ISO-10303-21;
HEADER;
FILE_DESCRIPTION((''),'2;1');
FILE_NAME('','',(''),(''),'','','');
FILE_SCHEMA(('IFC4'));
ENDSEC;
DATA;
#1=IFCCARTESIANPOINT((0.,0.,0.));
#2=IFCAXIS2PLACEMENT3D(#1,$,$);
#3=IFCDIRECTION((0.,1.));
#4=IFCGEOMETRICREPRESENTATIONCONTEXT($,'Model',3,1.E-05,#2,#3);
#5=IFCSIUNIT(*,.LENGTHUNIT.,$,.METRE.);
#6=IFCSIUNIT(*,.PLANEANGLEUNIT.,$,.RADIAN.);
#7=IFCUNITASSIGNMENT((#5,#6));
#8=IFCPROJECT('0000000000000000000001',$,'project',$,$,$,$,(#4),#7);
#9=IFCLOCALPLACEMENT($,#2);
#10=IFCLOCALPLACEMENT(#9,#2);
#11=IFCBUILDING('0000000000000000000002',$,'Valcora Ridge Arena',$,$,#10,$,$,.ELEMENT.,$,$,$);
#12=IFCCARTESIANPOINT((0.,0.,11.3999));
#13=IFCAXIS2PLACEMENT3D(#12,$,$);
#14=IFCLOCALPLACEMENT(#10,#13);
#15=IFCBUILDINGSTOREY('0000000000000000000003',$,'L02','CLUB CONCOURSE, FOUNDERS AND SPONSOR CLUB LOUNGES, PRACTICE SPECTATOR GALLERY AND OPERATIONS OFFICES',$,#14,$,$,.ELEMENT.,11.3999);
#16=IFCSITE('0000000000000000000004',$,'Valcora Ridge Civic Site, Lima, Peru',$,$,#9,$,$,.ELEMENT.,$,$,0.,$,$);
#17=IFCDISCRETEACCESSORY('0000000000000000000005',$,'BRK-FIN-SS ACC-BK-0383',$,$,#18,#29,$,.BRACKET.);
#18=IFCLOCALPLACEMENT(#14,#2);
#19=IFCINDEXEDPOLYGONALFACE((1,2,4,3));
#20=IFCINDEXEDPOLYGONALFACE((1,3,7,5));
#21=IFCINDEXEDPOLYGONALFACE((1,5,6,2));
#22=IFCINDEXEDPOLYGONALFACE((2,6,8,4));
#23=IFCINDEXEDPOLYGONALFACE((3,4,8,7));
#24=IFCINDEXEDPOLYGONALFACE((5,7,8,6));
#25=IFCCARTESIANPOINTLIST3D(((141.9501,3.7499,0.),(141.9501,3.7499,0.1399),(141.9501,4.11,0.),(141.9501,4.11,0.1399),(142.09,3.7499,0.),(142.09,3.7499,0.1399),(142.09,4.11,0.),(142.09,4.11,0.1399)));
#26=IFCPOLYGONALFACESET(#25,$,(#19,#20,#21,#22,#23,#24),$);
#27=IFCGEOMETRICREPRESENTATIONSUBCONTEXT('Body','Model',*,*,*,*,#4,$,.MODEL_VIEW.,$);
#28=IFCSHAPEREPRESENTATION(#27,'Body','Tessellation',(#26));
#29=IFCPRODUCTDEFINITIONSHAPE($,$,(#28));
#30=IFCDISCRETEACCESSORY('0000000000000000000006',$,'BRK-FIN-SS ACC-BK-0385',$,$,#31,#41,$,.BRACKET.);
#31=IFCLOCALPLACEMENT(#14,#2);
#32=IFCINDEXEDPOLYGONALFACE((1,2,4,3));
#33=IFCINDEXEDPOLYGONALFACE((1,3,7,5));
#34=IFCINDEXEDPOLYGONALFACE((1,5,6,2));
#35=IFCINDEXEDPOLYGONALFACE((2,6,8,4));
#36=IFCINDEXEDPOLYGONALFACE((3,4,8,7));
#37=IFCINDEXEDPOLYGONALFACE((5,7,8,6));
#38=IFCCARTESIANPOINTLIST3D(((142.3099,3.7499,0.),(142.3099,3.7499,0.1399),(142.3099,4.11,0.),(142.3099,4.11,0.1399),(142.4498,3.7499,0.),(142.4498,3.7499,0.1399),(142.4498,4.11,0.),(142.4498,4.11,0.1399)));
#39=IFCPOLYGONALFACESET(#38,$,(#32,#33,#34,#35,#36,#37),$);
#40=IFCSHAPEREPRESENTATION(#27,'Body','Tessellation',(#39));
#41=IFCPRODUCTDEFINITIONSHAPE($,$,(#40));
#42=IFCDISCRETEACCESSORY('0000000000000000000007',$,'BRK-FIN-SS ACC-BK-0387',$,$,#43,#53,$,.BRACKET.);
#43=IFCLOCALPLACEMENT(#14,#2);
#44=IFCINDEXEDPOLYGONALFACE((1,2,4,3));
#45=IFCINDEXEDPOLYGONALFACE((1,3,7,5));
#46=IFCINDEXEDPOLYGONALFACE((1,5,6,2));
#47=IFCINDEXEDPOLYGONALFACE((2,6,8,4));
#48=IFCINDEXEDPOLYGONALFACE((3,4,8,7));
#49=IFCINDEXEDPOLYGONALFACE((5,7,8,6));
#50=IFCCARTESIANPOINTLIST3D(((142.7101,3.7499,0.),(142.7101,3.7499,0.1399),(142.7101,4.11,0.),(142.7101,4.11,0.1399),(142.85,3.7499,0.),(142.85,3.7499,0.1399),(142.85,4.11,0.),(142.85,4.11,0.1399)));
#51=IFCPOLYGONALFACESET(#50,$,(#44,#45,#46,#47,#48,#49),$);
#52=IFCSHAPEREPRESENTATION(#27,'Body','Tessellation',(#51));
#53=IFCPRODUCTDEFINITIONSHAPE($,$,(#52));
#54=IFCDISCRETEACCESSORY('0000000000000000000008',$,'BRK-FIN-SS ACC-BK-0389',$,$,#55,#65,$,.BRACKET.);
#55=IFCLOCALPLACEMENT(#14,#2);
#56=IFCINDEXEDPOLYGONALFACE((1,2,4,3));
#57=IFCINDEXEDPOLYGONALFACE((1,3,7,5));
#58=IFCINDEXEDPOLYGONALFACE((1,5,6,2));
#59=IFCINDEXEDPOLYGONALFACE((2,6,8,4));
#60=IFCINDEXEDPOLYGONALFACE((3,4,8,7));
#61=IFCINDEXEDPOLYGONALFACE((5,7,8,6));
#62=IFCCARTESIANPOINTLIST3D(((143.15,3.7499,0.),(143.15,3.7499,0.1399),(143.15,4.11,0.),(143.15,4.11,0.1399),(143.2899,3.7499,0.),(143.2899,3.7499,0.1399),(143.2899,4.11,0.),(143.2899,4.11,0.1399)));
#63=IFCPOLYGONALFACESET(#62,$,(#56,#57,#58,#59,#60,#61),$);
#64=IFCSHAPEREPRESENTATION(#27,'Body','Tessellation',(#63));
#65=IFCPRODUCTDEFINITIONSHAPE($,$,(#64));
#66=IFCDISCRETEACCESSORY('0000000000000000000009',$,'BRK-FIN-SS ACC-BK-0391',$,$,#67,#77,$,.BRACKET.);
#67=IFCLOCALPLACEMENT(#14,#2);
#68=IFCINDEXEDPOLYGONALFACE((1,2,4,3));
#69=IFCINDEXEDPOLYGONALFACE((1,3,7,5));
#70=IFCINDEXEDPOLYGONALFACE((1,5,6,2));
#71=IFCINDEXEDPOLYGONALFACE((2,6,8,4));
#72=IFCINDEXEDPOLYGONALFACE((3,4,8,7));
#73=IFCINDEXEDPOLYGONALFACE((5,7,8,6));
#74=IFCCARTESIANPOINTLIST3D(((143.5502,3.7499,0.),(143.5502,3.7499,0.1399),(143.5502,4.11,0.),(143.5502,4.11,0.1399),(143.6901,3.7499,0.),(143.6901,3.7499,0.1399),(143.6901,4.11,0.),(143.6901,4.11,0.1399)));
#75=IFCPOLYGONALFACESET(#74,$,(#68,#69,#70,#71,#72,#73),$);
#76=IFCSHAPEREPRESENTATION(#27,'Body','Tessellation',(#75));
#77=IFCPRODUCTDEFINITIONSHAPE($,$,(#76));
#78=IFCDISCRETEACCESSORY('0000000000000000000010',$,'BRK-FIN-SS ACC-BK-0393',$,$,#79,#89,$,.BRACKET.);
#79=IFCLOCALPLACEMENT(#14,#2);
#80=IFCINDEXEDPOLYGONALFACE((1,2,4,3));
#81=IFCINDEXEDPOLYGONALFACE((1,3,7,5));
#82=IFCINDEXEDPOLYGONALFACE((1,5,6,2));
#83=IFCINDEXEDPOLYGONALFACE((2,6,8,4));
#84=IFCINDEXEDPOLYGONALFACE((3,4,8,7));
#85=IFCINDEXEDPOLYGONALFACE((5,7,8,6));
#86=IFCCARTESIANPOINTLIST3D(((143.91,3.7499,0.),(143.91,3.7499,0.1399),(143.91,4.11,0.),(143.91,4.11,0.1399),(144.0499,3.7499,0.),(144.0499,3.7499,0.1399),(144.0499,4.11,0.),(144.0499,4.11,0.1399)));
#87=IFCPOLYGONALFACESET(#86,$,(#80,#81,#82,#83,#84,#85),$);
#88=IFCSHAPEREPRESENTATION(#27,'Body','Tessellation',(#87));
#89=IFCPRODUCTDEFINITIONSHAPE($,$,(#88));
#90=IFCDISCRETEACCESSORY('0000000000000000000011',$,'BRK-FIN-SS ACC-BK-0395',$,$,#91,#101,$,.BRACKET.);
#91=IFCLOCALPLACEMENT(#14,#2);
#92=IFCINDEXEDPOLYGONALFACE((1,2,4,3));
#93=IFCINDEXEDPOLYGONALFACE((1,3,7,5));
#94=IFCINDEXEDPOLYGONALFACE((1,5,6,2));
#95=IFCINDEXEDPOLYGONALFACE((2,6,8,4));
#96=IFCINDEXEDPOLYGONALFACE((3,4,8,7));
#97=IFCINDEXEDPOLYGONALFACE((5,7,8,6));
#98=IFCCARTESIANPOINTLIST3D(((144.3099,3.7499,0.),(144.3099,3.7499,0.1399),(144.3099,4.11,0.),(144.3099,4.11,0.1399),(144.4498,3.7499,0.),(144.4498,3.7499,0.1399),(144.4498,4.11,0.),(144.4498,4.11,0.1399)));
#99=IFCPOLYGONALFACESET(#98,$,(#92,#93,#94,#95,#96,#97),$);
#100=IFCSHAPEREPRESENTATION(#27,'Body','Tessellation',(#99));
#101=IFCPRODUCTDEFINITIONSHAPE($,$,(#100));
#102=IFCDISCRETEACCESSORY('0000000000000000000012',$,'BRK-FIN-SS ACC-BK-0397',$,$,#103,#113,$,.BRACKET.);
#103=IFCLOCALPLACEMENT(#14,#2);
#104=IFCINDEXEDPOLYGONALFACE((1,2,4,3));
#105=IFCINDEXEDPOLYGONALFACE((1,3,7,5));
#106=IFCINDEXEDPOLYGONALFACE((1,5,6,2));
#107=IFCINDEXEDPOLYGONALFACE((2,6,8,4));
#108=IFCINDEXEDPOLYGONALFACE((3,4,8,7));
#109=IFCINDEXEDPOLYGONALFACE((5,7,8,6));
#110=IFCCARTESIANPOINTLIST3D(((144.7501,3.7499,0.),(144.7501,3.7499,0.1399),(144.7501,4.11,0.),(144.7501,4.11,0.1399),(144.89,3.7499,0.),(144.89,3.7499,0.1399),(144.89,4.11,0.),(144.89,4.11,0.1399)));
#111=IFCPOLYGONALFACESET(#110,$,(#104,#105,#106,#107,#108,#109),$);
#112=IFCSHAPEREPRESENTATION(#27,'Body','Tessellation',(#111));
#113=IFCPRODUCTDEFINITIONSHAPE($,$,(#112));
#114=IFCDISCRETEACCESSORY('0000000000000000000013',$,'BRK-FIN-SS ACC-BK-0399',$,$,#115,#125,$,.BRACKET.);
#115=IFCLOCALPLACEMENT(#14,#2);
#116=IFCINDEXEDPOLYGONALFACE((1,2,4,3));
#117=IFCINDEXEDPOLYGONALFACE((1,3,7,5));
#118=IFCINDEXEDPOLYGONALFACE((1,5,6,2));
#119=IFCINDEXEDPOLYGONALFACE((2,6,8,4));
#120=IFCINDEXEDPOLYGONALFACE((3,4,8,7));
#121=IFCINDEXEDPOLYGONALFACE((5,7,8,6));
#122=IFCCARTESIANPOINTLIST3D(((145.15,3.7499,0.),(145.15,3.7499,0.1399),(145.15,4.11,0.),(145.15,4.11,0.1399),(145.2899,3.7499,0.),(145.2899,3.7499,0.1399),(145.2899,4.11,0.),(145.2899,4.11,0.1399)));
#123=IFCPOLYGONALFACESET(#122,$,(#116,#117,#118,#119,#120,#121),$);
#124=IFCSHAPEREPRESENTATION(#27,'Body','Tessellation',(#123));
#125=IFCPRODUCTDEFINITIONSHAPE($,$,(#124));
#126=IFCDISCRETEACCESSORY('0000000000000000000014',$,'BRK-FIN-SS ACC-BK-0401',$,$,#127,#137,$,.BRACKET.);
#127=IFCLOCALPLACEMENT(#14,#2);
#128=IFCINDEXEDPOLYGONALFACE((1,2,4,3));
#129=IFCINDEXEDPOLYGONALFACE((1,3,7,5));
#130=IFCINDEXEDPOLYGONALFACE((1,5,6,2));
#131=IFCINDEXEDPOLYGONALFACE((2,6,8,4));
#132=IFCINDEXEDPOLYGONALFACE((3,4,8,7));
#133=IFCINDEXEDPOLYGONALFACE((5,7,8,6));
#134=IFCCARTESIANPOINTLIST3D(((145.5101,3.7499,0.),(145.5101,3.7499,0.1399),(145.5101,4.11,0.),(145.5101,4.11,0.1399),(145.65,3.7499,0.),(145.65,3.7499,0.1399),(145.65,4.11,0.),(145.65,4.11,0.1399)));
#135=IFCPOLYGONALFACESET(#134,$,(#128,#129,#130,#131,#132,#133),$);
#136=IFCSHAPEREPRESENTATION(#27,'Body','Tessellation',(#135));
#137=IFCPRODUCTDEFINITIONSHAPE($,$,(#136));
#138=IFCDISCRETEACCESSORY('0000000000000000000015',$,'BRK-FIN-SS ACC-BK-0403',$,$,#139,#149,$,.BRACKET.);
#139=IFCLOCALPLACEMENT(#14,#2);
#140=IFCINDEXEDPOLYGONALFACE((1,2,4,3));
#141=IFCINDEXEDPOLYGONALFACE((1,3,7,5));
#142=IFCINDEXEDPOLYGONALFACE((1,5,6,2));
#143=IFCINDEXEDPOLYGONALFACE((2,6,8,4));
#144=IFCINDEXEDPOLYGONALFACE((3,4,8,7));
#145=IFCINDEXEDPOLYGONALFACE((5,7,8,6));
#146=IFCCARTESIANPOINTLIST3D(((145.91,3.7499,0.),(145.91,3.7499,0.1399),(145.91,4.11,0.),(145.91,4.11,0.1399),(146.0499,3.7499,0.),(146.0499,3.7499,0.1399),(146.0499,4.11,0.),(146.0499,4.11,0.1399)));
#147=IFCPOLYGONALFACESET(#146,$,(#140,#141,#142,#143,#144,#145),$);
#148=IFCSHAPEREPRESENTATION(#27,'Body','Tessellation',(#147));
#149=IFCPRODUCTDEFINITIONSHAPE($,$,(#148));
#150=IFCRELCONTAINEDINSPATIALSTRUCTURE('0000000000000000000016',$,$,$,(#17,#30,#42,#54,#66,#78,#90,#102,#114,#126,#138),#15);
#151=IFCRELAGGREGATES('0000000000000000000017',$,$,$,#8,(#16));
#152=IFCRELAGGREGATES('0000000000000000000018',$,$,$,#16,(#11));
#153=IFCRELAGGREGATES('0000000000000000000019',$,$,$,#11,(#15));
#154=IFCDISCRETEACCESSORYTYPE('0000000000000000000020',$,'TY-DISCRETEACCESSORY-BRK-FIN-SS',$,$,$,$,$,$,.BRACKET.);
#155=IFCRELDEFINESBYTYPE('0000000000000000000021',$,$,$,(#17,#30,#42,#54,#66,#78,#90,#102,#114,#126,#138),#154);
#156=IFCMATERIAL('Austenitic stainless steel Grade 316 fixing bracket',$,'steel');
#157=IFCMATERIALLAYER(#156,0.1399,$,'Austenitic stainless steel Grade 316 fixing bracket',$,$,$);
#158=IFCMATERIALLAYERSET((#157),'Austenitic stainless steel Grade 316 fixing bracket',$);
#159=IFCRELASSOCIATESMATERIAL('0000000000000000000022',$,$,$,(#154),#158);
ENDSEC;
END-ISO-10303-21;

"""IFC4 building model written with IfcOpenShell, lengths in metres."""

from ifc_helpers import new_model, si_unit, direction, frame, origin, origin_2d, place, context, subcontext, project, spatial, rectangle, extrude, material, layer, layer_set, type_object, element, save


model = new_model("IFC4")

# Units and contexts
model_context = context("Model", 3, precision=1e-05, world=origin(), true_north=direction((0.0, 1.0)))
body_context = subcontext(model_context, "Body", "Model", "MODEL_VIEW")
ifc_project = project(units=[si_unit("LENGTHUNIT", "METRE"), si_unit("PLANEANGLEUNIT", "RADIAN")], contexts=[model_context])

# Site, building, storey
site_placement = place(None, origin())
site = spatial("IfcSite", under=ifc_project, at=site_placement, Name="Valcora Ridge Civic Site, Lima, Peru", CompositionType="ELEMENT", RefElevation=0.0)
building_placement = place(site_placement, origin())
building = spatial("IfcBuilding", under=site, at=building_placement, Name="Valcora Ridge Arena", CompositionType="ELEMENT")
storey_placement = place(building_placement, frame((0.0, 0.0, 11.3999)))
storey = spatial("IfcBuildingStorey", under=building, at=storey_placement, Name="L02", Description="CLUB CONCOURSE, FOUNDERS AND SPONSOR CLUB LOUNGES, PRACTICE SPECTATOR GALLERY AND OPERATIONS OFFICES", CompositionType="ELEMENT", Elevation=11.3999)

# Discrete accessories
ifc_material_1 = material(Name="Austenitic stainless steel Grade 316 fixing bracket", Category="steel")
ifc_layer_1 = layer(ifc_material_1, 0.1399, Name="Austenitic stainless steel Grade 316 fixing bracket")
ifc_layer_set_1 = layer_set([ifc_layer_1], Name="Austenitic stainless steel Grade 316 fixing bracket")
discrete_accessory_type = type_object("IfcDiscreteAccessoryType", Name="TY-DISCRETEACCESSORY-BRK-FIN-SS", PredefinedType="BRACKET", material=ifc_layer_set_1)
for number, where, z_axis, x_axis, name in (
    (1, (142.02, 3.9299, 0.0), (0.0, 0.0, 1.0), (0.0, 1.0, 0.0), "BRK-FIN-SS ACC-BK-0383"),
    (2, (142.3799, 3.9299, 0.0), (0.0, 0.0, 1.0), (0.0, 1.0, 0.0), "BRK-FIN-SS ACC-BK-0385"),
    (3, (142.78, 3.9299, 0.0), (0.0, 0.0, 1.0), (0.0, 1.0, 0.0), "BRK-FIN-SS ACC-BK-0387"),
    (4, (143.22, 3.9299, 0.0), (0.0, 0.0, 1.0), (0.0, 1.0, 0.0), "BRK-FIN-SS ACC-BK-0389"),
    (5, (143.6201, 3.9299, 0.0), (0.0, 0.0, 1.0), (0.0, 1.0, 0.0), "BRK-FIN-SS ACC-BK-0391"),
    (6, (143.98, 3.9299, 0.0), (0.0, 0.0, 1.0), (0.0, 1.0, 0.0), "BRK-FIN-SS ACC-BK-0393"),
    (7, (144.3799, 3.9299, 0.0), (0.0, 0.0, 1.0), (0.0, 1.0, 0.0), "BRK-FIN-SS ACC-BK-0395"),
    (8, (144.8201, 3.9299, 0.0), (0.0, 0.0, 1.0), (0.0, 1.0, 0.0), "BRK-FIN-SS ACC-BK-0397"),
    (9, (145.22, 3.9299, 0.0), (0.0, 0.0, 1.0), (0.0, 1.0, 0.0), "BRK-FIN-SS ACC-BK-0399"),
    (10, (145.5801, 3.9299, 0.0), (0.0, 0.0, 1.0), (0.0, 1.0, 0.0), "BRK-FIN-SS ACC-BK-0401"),
    (11, (145.98, 3.9299, 0.0), (0.0, 0.0, 1.0), (0.0, 1.0, 0.0), "BRK-FIN-SS ACC-BK-0403"),
):
    element("IfcDiscreteAccessory", number, at=place(storey_placement, frame(where, z_axis=z_axis, x_axis=x_axis)), inside=storey, type_object=discrete_accessory_type, Name=name, PredefinedType="BRACKET", context=body_context, shape_type="SweptSolid", body=[
        extrude(rectangle(XDim=0.3601, YDim=0.1399, at=origin_2d()), origin(), (0.0, 0.0, 1.0), 0.1399),
    ])

save(model, "model.ifc")
